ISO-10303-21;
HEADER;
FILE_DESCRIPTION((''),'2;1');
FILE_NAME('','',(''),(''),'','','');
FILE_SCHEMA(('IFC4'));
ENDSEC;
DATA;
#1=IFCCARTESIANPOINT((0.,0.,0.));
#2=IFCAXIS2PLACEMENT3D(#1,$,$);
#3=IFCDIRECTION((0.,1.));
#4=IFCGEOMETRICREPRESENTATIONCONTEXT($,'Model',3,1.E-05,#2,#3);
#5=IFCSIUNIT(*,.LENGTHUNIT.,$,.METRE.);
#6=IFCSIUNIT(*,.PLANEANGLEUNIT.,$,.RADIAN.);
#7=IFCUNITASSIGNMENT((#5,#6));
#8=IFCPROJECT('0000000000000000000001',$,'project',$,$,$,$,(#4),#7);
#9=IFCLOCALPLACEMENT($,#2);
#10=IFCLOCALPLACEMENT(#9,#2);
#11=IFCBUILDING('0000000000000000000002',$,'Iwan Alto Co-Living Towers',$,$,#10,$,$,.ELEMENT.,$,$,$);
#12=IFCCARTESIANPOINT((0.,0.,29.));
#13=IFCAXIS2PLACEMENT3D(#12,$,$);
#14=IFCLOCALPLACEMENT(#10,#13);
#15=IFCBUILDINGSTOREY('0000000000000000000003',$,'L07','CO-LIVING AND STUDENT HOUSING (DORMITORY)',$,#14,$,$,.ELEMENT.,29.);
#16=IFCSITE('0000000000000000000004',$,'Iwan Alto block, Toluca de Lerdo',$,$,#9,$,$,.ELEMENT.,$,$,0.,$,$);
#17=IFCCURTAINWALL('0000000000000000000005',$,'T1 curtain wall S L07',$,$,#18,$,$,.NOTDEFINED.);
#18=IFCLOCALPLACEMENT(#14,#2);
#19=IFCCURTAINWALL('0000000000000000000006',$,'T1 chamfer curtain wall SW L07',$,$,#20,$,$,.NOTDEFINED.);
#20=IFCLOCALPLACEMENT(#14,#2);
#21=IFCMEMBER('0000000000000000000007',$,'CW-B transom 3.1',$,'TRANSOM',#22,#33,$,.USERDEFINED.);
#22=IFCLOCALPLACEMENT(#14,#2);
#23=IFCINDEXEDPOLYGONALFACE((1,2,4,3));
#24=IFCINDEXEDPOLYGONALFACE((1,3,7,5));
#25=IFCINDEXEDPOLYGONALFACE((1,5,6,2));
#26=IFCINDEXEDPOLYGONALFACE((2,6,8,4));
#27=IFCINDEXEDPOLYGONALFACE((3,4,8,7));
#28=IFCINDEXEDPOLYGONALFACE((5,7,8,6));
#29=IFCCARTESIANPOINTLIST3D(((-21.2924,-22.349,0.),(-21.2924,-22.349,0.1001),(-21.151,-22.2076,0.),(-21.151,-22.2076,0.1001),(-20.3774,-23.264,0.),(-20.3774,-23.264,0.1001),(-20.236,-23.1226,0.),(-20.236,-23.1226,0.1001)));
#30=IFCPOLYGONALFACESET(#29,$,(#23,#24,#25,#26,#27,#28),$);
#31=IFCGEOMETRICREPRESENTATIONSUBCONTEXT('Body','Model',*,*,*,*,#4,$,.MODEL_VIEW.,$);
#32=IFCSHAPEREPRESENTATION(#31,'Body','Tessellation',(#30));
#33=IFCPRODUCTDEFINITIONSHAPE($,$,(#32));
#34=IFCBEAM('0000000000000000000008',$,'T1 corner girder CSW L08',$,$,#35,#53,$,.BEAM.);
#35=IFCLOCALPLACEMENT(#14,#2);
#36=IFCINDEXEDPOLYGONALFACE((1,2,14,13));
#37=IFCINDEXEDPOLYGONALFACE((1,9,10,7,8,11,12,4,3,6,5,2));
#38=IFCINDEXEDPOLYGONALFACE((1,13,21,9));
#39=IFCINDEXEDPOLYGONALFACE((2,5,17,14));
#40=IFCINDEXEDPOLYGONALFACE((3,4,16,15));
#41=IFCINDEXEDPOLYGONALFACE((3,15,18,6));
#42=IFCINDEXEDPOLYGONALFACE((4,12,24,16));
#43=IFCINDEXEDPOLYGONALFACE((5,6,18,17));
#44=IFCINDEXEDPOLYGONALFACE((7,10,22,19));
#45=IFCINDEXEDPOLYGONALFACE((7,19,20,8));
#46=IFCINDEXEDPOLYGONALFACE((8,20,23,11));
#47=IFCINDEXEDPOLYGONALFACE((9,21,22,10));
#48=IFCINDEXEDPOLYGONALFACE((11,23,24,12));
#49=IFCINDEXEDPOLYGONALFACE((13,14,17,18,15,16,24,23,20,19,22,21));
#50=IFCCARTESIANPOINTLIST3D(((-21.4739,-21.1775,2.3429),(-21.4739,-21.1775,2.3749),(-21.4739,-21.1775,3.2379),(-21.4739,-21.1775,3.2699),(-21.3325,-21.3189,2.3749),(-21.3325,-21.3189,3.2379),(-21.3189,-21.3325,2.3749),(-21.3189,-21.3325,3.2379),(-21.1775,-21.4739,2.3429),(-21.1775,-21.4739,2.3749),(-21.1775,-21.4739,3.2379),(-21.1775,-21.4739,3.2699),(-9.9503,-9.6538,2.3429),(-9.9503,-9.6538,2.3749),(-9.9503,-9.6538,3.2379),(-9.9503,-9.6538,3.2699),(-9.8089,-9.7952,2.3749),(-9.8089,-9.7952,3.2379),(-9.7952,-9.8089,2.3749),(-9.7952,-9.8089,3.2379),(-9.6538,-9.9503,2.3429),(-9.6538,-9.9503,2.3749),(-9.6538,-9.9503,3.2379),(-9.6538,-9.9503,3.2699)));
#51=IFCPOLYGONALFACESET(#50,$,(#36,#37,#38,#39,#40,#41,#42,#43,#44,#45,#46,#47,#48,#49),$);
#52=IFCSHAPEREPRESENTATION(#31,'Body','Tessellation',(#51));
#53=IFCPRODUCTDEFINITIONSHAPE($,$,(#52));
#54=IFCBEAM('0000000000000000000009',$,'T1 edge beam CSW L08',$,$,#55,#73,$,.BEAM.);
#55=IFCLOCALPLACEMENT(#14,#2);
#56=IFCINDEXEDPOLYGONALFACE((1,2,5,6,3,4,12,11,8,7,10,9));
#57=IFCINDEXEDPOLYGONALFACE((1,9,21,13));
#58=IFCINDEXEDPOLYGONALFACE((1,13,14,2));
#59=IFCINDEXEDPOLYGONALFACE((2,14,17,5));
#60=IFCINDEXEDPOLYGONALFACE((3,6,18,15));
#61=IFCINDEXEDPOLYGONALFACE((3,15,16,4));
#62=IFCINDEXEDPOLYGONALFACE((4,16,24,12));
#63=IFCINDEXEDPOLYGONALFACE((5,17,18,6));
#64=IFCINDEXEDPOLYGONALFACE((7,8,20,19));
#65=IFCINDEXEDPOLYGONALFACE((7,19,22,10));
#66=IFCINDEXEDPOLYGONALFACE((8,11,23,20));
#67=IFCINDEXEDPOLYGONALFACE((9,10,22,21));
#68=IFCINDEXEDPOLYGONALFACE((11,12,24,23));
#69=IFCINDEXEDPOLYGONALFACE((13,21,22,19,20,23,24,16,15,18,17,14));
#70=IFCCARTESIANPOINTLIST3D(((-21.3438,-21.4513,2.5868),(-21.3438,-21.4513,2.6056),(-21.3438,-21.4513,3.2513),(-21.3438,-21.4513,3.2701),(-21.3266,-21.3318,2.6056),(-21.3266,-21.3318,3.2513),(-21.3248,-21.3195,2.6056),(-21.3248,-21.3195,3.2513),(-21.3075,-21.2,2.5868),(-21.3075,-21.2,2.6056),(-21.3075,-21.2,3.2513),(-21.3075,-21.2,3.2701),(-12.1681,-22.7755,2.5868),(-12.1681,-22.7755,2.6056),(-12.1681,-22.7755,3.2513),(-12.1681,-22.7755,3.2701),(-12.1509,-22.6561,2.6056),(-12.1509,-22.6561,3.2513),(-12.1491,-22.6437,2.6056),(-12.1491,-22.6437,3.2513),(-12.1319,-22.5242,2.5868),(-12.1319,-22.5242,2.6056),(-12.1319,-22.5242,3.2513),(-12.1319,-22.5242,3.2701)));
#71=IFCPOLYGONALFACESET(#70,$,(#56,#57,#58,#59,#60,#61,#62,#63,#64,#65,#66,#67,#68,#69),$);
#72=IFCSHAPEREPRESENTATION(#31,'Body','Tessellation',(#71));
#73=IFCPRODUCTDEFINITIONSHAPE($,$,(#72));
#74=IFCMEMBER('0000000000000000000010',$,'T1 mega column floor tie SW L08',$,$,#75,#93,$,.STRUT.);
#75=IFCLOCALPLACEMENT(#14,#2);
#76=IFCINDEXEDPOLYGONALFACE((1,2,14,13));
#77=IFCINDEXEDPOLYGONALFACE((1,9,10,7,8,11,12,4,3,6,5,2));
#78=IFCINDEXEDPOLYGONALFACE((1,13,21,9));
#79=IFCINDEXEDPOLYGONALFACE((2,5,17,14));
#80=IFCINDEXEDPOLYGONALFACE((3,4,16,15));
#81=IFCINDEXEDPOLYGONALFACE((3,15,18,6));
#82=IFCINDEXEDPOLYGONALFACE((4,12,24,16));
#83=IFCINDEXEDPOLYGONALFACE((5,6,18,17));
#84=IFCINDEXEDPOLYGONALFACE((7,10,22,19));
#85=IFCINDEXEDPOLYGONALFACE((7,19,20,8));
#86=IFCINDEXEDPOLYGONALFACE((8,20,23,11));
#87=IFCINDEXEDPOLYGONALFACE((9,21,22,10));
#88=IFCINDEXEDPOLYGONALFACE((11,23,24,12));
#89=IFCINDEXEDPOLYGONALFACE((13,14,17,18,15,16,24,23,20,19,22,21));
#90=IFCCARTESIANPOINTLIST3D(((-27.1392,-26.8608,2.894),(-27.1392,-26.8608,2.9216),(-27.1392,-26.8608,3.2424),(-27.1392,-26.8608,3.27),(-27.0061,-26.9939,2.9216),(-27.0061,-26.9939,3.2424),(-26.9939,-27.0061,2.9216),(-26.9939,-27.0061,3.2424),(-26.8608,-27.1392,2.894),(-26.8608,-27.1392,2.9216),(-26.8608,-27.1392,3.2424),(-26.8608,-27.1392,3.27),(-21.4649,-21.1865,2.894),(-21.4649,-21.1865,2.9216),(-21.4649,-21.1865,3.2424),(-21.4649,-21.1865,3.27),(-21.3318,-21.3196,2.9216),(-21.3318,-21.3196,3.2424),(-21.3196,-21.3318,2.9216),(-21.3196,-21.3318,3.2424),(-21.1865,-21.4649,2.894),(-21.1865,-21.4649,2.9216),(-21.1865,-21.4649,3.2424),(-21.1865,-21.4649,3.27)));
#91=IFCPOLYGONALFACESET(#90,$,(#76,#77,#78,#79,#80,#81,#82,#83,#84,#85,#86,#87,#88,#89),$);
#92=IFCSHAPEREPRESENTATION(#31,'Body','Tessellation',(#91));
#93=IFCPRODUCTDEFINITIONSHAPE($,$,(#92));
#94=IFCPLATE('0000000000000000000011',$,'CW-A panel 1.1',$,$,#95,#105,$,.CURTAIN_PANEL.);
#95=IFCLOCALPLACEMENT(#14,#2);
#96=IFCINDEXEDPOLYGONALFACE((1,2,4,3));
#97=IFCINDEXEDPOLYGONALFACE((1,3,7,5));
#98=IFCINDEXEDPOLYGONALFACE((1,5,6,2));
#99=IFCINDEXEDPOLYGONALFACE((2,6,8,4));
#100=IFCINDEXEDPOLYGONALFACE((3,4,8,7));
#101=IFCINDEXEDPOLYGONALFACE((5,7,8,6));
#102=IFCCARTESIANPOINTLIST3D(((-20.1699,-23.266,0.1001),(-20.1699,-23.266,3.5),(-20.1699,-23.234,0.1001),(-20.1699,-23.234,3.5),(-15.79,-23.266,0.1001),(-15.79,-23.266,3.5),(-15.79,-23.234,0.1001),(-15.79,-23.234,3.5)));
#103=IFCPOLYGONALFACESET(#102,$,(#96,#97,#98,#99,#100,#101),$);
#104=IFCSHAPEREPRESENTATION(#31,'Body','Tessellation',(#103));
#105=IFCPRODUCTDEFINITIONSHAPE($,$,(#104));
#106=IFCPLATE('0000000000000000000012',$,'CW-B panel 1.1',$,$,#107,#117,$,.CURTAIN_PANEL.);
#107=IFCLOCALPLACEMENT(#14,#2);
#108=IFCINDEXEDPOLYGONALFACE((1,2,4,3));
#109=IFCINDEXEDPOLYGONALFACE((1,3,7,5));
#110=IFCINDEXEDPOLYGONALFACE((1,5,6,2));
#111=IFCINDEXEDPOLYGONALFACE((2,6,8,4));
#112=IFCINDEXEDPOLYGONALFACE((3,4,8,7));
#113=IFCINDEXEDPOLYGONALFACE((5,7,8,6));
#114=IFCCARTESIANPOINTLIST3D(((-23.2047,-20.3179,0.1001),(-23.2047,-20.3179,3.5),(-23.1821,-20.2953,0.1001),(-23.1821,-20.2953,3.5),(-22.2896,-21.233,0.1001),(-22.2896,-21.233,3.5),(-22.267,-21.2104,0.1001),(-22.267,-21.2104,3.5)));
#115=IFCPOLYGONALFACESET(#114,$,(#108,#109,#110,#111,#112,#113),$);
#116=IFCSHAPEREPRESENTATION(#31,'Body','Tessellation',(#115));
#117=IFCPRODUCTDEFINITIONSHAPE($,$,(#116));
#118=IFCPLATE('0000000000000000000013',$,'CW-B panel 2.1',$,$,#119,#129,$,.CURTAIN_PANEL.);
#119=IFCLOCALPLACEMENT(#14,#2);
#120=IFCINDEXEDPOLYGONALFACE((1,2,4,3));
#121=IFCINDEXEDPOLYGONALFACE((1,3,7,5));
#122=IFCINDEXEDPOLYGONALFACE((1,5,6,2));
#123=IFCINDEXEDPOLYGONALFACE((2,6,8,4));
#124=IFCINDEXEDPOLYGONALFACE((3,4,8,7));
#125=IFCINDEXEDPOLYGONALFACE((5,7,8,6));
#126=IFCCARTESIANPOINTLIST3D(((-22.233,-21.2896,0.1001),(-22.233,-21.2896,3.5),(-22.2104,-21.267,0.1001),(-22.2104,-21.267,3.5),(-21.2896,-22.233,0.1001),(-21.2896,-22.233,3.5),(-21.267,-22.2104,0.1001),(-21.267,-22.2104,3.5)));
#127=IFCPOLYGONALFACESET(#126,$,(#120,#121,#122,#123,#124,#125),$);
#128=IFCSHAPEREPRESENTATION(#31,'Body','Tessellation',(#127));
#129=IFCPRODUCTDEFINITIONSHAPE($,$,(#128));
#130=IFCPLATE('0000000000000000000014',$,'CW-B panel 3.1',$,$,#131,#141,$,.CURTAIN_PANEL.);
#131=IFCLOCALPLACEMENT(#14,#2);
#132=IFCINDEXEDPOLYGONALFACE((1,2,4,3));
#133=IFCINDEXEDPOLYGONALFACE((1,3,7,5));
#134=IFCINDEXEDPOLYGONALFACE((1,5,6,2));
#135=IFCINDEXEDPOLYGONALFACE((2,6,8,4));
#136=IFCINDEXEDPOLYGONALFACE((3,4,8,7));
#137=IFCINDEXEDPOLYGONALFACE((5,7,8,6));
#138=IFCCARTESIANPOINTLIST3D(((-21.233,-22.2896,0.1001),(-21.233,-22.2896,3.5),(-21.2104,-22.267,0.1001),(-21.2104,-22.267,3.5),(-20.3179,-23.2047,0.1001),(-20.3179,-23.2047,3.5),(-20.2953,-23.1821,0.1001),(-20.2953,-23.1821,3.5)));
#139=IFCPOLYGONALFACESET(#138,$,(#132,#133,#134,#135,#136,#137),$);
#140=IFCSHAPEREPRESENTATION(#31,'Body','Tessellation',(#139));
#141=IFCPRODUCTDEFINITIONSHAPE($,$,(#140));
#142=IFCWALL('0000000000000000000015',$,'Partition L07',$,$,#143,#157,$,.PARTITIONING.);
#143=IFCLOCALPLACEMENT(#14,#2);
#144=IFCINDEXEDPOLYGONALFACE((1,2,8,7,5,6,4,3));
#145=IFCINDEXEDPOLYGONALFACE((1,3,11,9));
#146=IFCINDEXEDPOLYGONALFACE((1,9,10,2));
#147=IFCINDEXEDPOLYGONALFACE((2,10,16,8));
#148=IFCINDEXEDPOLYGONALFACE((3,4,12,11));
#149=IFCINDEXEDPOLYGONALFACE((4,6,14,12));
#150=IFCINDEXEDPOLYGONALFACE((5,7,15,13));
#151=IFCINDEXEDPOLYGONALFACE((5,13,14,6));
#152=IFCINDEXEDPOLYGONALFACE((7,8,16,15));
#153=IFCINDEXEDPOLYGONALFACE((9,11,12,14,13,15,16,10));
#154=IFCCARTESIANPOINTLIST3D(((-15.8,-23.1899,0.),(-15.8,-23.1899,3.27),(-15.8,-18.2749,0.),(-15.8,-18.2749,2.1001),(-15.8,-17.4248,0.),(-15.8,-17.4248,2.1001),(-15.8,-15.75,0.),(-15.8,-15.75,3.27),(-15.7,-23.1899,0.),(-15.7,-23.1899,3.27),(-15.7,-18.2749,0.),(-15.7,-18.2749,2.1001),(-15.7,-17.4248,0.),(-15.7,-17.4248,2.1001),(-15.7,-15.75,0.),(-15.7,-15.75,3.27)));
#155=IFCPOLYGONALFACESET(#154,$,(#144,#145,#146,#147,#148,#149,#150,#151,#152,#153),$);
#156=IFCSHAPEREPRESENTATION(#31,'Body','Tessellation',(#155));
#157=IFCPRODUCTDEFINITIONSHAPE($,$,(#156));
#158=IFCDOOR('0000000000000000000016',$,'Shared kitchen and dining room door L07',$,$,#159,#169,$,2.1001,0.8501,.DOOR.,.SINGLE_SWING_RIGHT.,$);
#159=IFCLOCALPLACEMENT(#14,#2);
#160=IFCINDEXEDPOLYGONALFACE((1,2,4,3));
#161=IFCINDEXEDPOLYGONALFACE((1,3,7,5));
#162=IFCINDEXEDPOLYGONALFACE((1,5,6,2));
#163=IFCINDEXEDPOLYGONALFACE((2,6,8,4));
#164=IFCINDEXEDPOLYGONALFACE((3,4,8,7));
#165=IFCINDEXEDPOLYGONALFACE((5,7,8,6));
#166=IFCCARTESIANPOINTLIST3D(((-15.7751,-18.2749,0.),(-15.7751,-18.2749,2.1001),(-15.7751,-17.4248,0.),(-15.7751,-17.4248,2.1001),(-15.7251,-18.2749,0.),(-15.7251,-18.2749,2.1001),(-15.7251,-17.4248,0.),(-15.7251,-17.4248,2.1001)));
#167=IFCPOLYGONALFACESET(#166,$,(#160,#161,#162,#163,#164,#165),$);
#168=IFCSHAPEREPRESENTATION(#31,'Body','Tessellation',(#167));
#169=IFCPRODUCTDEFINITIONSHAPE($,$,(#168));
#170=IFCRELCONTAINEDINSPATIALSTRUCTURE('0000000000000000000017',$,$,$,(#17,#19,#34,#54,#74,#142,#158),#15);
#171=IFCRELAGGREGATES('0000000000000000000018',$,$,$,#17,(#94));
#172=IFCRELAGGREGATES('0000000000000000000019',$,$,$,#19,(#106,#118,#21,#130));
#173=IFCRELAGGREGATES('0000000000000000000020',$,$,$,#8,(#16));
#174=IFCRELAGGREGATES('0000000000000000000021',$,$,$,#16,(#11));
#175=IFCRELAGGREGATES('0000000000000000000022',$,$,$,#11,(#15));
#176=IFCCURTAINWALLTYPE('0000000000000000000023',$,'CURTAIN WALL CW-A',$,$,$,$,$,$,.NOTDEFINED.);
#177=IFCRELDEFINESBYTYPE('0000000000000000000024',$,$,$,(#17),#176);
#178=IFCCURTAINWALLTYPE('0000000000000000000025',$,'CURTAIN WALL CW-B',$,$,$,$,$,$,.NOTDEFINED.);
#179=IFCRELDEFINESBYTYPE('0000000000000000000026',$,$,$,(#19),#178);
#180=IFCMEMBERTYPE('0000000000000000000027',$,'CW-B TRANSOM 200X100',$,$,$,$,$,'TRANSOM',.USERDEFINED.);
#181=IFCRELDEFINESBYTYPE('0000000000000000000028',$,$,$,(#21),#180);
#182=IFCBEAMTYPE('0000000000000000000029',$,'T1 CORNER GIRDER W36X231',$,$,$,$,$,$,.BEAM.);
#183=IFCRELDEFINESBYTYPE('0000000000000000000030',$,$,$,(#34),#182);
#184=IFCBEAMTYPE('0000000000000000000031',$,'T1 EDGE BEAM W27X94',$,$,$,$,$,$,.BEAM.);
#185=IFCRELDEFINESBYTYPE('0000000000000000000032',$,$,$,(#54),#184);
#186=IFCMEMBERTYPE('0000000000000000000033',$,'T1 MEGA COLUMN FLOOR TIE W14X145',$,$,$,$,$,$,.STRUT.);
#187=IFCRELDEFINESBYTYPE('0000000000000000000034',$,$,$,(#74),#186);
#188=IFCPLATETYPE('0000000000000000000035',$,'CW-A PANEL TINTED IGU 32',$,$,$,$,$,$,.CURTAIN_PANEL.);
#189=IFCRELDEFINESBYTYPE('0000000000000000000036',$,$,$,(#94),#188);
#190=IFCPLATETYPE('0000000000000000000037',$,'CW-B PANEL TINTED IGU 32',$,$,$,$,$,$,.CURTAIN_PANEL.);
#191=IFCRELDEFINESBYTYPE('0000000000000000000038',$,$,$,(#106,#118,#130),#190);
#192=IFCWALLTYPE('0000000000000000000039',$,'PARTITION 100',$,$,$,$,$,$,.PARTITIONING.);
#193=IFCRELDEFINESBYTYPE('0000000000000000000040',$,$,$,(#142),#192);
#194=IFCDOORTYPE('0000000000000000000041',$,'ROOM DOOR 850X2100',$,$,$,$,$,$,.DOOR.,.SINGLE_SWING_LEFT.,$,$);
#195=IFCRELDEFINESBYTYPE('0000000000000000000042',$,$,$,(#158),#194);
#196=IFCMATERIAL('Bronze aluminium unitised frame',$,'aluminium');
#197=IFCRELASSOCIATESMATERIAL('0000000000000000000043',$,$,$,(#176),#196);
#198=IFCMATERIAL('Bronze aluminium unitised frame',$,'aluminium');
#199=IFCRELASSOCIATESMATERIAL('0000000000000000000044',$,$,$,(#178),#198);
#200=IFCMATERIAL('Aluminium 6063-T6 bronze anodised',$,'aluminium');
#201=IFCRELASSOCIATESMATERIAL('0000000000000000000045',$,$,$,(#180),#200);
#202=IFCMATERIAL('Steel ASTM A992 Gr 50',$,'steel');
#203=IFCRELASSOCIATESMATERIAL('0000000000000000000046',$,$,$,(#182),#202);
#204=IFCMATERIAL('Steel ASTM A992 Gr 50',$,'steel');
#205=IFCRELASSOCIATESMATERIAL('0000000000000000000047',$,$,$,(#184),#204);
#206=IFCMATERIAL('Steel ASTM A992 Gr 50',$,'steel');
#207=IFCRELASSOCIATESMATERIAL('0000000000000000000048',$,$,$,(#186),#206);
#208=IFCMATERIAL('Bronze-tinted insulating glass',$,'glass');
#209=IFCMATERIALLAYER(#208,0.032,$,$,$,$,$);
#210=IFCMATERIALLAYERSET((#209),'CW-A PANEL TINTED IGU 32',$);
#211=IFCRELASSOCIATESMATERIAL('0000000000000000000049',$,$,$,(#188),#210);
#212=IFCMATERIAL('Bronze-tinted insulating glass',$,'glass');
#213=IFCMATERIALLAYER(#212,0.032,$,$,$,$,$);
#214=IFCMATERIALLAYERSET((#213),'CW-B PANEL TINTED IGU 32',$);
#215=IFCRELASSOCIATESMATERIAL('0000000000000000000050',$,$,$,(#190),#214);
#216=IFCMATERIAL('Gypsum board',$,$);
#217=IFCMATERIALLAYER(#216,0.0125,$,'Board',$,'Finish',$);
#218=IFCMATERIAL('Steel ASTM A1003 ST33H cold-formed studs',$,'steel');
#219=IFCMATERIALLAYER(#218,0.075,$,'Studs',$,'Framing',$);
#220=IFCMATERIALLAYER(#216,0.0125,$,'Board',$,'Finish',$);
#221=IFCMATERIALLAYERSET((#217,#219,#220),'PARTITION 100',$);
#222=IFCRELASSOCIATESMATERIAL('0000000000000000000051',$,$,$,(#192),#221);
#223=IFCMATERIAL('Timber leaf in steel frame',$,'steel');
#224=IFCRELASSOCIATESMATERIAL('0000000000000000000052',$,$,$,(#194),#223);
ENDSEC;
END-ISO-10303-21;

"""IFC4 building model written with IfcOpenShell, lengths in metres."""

from ifc_helpers import new_model, si_unit, direction, frame, frame_2d, origin, origin_2d, place, context, subcontext, project, spatial, rectangle, i_section, extrude, material, layer, layer_set, material_profile, profile_set, type_object, element, fill, aggregate, save


model = new_model("IFC4")

# Units and contexts
model_context = context("Model", 3, precision=1e-05, world=origin(), true_north=direction((0.0, 1.0)))
body_context = subcontext(model_context, "Body", "Model", "MODEL_VIEW")
ifc_project = project(units=[si_unit("LENGTHUNIT", "METRE"), si_unit("PLANEANGLEUNIT", "RADIAN")], contexts=[model_context])

# Site, building, storey
site_placement = place(None, origin())
site = spatial("IfcSite", under=ifc_project, at=site_placement, Name="Iwan Alto block, Toluca de Lerdo", CompositionType="ELEMENT", RefElevation=0.0)
building_placement = place(site_placement, origin())
building = spatial("IfcBuilding", under=site, at=building_placement, Name="Iwan Alto Co-Living Towers", CompositionType="ELEMENT")
storey_placement = place(building_placement, frame((0.0, 0.0, 29.0)))
storey = spatial("IfcBuildingStorey", under=building, at=storey_placement, Name="L07", Description="CO-LIVING AND STUDENT HOUSING (DORMITORY)", CompositionType="ELEMENT", Elevation=29.0)

# Curtain wall
ifc_material_1 = material(Name="Bronze aluminium unitised frame", Category="aluminium")
curtain_wall_type_1 = type_object("IfcCurtainWallType", Name="CURTAIN WALL CW-A", PredefinedType="NOTDEFINED", material=ifc_material_1)
curtain_wall_1_placement = place(storey_placement, origin())
curtain_wall_1 = element("IfcCurtainWall", 1, at=curtain_wall_1_placement, inside=storey, type_object=curtain_wall_type_1, Name="T1 curtain wall S L07", PredefinedType="NOTDEFINED")

# Curtain wall, member
ifc_material_2 = material(Name="Bronze aluminium unitised frame", Category="aluminium")
curtain_wall_type_2 = type_object("IfcCurtainWallType", Name="CURTAIN WALL CW-B", PredefinedType="NOTDEFINED", material=ifc_material_2)
curtain_wall_2_placement = place(storey_placement, origin())
curtain_wall_2 = element("IfcCurtainWall", 2, at=curtain_wall_2_placement, inside=storey, type_object=curtain_wall_type_2, Name="T1 chamfer curtain wall SW L07", PredefinedType="NOTDEFINED")
ifc_material_3 = material(Name="Aluminium 6063-T6 bronze anodised", Category="aluminium")
ifc_material_profile_1 = material_profile(ifc_material_3, rectangle(XDim=0.2, YDim=0.1001, at=origin_2d()), Name="AL 200X100")
ifc_profile_set_1 = profile_set([ifc_material_profile_1], Name="Aluminium 6063-T6 bronze anodised")
member_type_1 = type_object("IfcMemberType", Name="CW-B TRANSOM 200X100", ElementType="TRANSOM", PredefinedType="USERDEFINED", material=ifc_profile_set_1)
member_1_placement = place(storey_placement, frame((-21.2217, -22.2783, 0.05), z_axis=(0.707107, -0.707107, 0.0), x_axis=(0.707107, 0.707107, 0.0)))
member_1 = element("IfcMember", 3, at=member_1_placement, type_object=member_type_1, Name="CW-B transom 3.1", ObjectType="TRANSOM", PredefinedType="USERDEFINED", context=body_context, shape_type="SweptSolid", body=[
    extrude(rectangle(XDim=0.2, YDim=0.1001, at=origin_2d()), origin(), (0.0, 0.0, 1.0), 1.2939),
])

# Beams
ifc_material_4 = material(Name="Steel ASTM A992 Gr 50", Category="steel")
ifc_material_profile_2 = material_profile(ifc_material_4, i_section(OverallWidth=0.4192, OverallDepth=0.927, WebThickness=0.0193, FlangeThickness=0.032, at=origin_2d()), Name="W36X231")
ifc_profile_set_2 = profile_set([ifc_material_profile_2], Name="Steel ASTM A992 Gr 50")
beam_type_1 = type_object("IfcBeamType", Name="T1 CORNER GIRDER W36X231", PredefinedType="BEAM", material=ifc_profile_set_2)
beam_1_placement = place(storey_placement, frame((-21.3257, -21.3257, 2.8064), z_axis=(0.707107, 0.707107, 0.0), x_axis=(-0.707107, 0.707107, 0.0)))
element("IfcBeam", 4, at=beam_1_placement, inside=storey, type_object=beam_type_1, Name="T1 corner girder CSW L08", PredefinedType="BEAM", context=body_context, shape_type="SweptSolid", body=[
    extrude(i_section(OverallWidth=0.4192, OverallDepth=0.927, WebThickness=0.0193, FlangeThickness=0.032, at=origin_2d()), origin(), (0.0, 0.0, 1.0), 16.2969),
])
ifc_material_5 = material(Name="Steel ASTM A992 Gr 50", Category="steel")
ifc_material_profile_3 = material_profile(ifc_material_5, i_section(OverallWidth=0.2539, OverallDepth=0.6833, WebThickness=0.0125, FlangeThickness=0.0188, at=origin_2d()), Name="W27X94")
ifc_profile_set_3 = profile_set([ifc_material_profile_3], Name="Steel ASTM A992 Gr 50")
beam_type_2 = type_object("IfcBeamType", Name="T1 EDGE BEAM W27X94", PredefinedType="BEAM", material=ifc_profile_set_3)
beam_2_placement = place(storey_placement, frame((-21.3257, -21.3257, 2.9285), z_axis=(0.989746, -0.142837, 0.0), x_axis=(0.142837, 0.989746, 0.0)))
element("IfcBeam", 5, at=beam_2_placement, inside=storey, type_object=beam_type_2, Name="T1 edge beam CSW L08", PredefinedType="BEAM", context=body_context, shape_type="SweptSolid", body=[
    extrude(i_section(OverallWidth=0.2539, OverallDepth=0.6833, WebThickness=0.0125, FlangeThickness=0.0188, at=origin_2d()), origin(), (0.0, 0.0, 1.0), 9.2708),
])

# Member
ifc_material_6 = material(Name="Steel ASTM A992 Gr 50", Category="steel")
ifc_material_profile_4 = material_profile(ifc_material_6, i_section(OverallWidth=0.3938, OverallDepth=0.376, WebThickness=0.0173, FlangeThickness=0.0276, at=origin_2d()), Name="W14X145")
ifc_profile_set_4 = profile_set([ifc_material_profile_4], Name="Steel ASTM A992 Gr 50")
member_type_2 = type_object("IfcMemberType", Name="T1 MEGA COLUMN FLOOR TIE W14X145", PredefinedType="STRUT", material=ifc_profile_set_4)
member_2_placement = place(storey_placement, frame((-27.0, -27.0, 3.082), z_axis=(0.707107, 0.707107, 0.0), x_axis=(-0.707107, 0.707107, 0.0)))
element("IfcMember", 6, at=member_2_placement, inside=storey, type_object=member_type_2, Name="T1 mega column floor tie SW L08", PredefinedType="STRUT", context=body_context, shape_type="SweptSolid", body=[
    extrude(i_section(OverallWidth=0.3938, OverallDepth=0.376, WebThickness=0.0173, FlangeThickness=0.0276, at=origin_2d()), origin(), (0.0, 0.0, 1.0), 8.0247),
])

# Plates
ifc_material_7 = material(Name="Bronze-tinted insulating glass", Category="glass")
ifc_layer_1 = layer(ifc_material_7, 0.032)
ifc_layer_set_1 = layer_set([ifc_layer_1], Name="CW-A PANEL TINTED IGU 32")
plate_type_1 = type_object("IfcPlateType", Name="CW-A PANEL TINTED IGU 32", PredefinedType="CURTAIN_PANEL", material=ifc_layer_set_1)
plate_1_placement = place(storey_placement, frame((-17.98, -23.25, 0.1001), z_axis=(0.0, 0.0, 1.0), x_axis=(1.0, 0.0, 0.0)))
plate_1 = element("IfcPlate", 7, at=plate_1_placement, type_object=plate_type_1, Name="CW-A panel 1.1", PredefinedType="CURTAIN_PANEL", context=body_context, shape_type="SweptSolid", body=[
    extrude(rectangle(XDim=4.3799, YDim=0.032, at=origin_2d()), origin(), (0.0, 0.0, 1.0), 3.3999),
])
aggregate(curtain_wall_1, [plate_1])
ifc_material_8 = material(Name="Bronze-tinted insulating glass", Category="glass")
ifc_layer_2 = layer(ifc_material_8, 0.032)
ifc_layer_set_2 = layer_set([ifc_layer_2], Name="CW-B PANEL TINTED IGU 32")
plate_type_2 = type_object("IfcPlateType", Name="CW-B PANEL TINTED IGU 32", PredefinedType="CURTAIN_PANEL", material=ifc_layer_set_2)
plate_2_placement = place(storey_placement, frame((-22.7358, -20.7642, 0.1001), z_axis=(0.0, 0.0, 1.0), x_axis=(0.707107, -0.707107, 0.0)))
plate_2 = element("IfcPlate", 8, at=plate_2_placement, type_object=plate_type_2, Name="CW-B panel 1.1", PredefinedType="CURTAIN_PANEL", context=body_context, shape_type="SweptSolid", body=[
    extrude(rectangle(XDim=1.2942, YDim=0.032, at=origin_2d()), origin(), (0.0, 0.0, 1.0), 3.3999),
])
plate_3_placement = place(storey_placement, frame((-21.75, -21.75, 0.1001), z_axis=(0.0, 0.0, 1.0), x_axis=(0.707107, -0.707107, 0.0)))
plate_3 = element("IfcPlate", 9, at=plate_3_placement, type_object=plate_type_2, Name="CW-B panel 2.1", PredefinedType="CURTAIN_PANEL", context=body_context, shape_type="SweptSolid", body=[
    extrude(rectangle(XDim=1.3342, YDim=0.032, at=origin_2d()), origin(), (0.0, 0.0, 1.0), 3.3999),
])
plate_4_placement = place(storey_placement, frame((-20.7642, -22.7358, 0.1001), z_axis=(0.0, 0.0, 1.0), x_axis=(0.707107, -0.707107, 0.0)))
plate_4 = element("IfcPlate", 10, at=plate_4_placement, type_object=plate_type_2, Name="CW-B panel 3.1", PredefinedType="CURTAIN_PANEL", context=body_context, shape_type="SweptSolid", body=[
    extrude(rectangle(XDim=1.2942, YDim=0.032, at=origin_2d()), origin(), (0.0, 0.0, 1.0), 3.3999),
])
aggregate(curtain_wall_2, [plate_2, plate_3, member_1, plate_4])

# Wall, opening, door
ifc_material_9 = material(Name="Gypsum board")
ifc_layer_3 = layer(ifc_material_9, 0.0125, Name="Board", Category="Finish")
ifc_material_10 = material(Name="Steel ASTM A1003 ST33H cold-formed studs", Category="steel")
ifc_layer_4 = layer(ifc_material_10, 0.075, Name="Studs", Category="Framing")
ifc_layer_5 = layer(ifc_material_9, 0.0125, Name="Board", Category="Finish")
ifc_layer_set_3 = layer_set([ifc_layer_3, ifc_layer_4, ifc_layer_5], Name="PARTITION 100")
wall_type = type_object("IfcWallType", Name="PARTITION 100", PredefinedType="PARTITIONING", material=ifc_layer_set_3)
wall_placement = place(storey_placement, frame((-15.75, -23.1899, 0.0), z_axis=(0.0, 0.0, 1.0), x_axis=(0.0, 1.0, 0.0)))
wall = element("IfcWall", 11, at=wall_placement, inside=storey, type_object=wall_type, Name="Partition L07", PredefinedType="PARTITIONING", context=body_context, shape_type="SweptSolid", body=[
    extrude(rectangle(XDim=7.4399, YDim=0.1001, at=frame_2d((3.72, 0.0))), origin(), (0.0, 0.0, 1.0), 3.27),
])
opening_placement = place(wall_placement, frame((4.915, 0.0, 0.0)))
opening = element("IfcOpeningElement", 12, at=opening_placement, cuts=wall, PredefinedType="OPENING", context=body_context, shape_type="SweptSolid", body=[
    extrude(rectangle(XDim=0.8501, YDim=2.1001, at=frame_2d((0.425, 1.05))), frame((0.0, 0.0601, 0.0), z_axis=(0.0, -1.0, 0.0), x_axis=(1.0, 0.0, 0.0)), (0.0, 0.0, 1.0), 0.1201),
])
ifc_material_11 = material(Name="Timber leaf in steel frame", Category="steel")
door_type = type_object("IfcDoorType", Name="ROOM DOOR 850X2100", OperationType="SINGLE_SWING_LEFT", PredefinedType="DOOR", material=ifc_material_11)
door_placement = place(opening_placement, frame((0.8501, 0.0, 0.0), z_axis=(0.0, 0.0, 1.0), x_axis=(-1.0, 0.0, 0.0)))
door = element("IfcDoor", 13, at=door_placement, inside=storey, type_object=door_type, Name="Shared kitchen and dining room door L07", OperationType="SINGLE_SWING_RIGHT", OverallHeight=2.1001, OverallWidth=0.8501, PredefinedType="DOOR", context=body_context, shape_type="SweptSolid", body=[
    extrude(rectangle(XDim=0.8501, YDim=2.1001, at=frame_2d((0.425, 1.05))), frame((0.0, 0.0249, 0.0), z_axis=(0.0, -1.0, 0.0), x_axis=(1.0, 0.0, 0.0)), (0.0, 0.0, 1.0), 0.05),
])
fill(opening, door)

save(model, "model.ifc")
